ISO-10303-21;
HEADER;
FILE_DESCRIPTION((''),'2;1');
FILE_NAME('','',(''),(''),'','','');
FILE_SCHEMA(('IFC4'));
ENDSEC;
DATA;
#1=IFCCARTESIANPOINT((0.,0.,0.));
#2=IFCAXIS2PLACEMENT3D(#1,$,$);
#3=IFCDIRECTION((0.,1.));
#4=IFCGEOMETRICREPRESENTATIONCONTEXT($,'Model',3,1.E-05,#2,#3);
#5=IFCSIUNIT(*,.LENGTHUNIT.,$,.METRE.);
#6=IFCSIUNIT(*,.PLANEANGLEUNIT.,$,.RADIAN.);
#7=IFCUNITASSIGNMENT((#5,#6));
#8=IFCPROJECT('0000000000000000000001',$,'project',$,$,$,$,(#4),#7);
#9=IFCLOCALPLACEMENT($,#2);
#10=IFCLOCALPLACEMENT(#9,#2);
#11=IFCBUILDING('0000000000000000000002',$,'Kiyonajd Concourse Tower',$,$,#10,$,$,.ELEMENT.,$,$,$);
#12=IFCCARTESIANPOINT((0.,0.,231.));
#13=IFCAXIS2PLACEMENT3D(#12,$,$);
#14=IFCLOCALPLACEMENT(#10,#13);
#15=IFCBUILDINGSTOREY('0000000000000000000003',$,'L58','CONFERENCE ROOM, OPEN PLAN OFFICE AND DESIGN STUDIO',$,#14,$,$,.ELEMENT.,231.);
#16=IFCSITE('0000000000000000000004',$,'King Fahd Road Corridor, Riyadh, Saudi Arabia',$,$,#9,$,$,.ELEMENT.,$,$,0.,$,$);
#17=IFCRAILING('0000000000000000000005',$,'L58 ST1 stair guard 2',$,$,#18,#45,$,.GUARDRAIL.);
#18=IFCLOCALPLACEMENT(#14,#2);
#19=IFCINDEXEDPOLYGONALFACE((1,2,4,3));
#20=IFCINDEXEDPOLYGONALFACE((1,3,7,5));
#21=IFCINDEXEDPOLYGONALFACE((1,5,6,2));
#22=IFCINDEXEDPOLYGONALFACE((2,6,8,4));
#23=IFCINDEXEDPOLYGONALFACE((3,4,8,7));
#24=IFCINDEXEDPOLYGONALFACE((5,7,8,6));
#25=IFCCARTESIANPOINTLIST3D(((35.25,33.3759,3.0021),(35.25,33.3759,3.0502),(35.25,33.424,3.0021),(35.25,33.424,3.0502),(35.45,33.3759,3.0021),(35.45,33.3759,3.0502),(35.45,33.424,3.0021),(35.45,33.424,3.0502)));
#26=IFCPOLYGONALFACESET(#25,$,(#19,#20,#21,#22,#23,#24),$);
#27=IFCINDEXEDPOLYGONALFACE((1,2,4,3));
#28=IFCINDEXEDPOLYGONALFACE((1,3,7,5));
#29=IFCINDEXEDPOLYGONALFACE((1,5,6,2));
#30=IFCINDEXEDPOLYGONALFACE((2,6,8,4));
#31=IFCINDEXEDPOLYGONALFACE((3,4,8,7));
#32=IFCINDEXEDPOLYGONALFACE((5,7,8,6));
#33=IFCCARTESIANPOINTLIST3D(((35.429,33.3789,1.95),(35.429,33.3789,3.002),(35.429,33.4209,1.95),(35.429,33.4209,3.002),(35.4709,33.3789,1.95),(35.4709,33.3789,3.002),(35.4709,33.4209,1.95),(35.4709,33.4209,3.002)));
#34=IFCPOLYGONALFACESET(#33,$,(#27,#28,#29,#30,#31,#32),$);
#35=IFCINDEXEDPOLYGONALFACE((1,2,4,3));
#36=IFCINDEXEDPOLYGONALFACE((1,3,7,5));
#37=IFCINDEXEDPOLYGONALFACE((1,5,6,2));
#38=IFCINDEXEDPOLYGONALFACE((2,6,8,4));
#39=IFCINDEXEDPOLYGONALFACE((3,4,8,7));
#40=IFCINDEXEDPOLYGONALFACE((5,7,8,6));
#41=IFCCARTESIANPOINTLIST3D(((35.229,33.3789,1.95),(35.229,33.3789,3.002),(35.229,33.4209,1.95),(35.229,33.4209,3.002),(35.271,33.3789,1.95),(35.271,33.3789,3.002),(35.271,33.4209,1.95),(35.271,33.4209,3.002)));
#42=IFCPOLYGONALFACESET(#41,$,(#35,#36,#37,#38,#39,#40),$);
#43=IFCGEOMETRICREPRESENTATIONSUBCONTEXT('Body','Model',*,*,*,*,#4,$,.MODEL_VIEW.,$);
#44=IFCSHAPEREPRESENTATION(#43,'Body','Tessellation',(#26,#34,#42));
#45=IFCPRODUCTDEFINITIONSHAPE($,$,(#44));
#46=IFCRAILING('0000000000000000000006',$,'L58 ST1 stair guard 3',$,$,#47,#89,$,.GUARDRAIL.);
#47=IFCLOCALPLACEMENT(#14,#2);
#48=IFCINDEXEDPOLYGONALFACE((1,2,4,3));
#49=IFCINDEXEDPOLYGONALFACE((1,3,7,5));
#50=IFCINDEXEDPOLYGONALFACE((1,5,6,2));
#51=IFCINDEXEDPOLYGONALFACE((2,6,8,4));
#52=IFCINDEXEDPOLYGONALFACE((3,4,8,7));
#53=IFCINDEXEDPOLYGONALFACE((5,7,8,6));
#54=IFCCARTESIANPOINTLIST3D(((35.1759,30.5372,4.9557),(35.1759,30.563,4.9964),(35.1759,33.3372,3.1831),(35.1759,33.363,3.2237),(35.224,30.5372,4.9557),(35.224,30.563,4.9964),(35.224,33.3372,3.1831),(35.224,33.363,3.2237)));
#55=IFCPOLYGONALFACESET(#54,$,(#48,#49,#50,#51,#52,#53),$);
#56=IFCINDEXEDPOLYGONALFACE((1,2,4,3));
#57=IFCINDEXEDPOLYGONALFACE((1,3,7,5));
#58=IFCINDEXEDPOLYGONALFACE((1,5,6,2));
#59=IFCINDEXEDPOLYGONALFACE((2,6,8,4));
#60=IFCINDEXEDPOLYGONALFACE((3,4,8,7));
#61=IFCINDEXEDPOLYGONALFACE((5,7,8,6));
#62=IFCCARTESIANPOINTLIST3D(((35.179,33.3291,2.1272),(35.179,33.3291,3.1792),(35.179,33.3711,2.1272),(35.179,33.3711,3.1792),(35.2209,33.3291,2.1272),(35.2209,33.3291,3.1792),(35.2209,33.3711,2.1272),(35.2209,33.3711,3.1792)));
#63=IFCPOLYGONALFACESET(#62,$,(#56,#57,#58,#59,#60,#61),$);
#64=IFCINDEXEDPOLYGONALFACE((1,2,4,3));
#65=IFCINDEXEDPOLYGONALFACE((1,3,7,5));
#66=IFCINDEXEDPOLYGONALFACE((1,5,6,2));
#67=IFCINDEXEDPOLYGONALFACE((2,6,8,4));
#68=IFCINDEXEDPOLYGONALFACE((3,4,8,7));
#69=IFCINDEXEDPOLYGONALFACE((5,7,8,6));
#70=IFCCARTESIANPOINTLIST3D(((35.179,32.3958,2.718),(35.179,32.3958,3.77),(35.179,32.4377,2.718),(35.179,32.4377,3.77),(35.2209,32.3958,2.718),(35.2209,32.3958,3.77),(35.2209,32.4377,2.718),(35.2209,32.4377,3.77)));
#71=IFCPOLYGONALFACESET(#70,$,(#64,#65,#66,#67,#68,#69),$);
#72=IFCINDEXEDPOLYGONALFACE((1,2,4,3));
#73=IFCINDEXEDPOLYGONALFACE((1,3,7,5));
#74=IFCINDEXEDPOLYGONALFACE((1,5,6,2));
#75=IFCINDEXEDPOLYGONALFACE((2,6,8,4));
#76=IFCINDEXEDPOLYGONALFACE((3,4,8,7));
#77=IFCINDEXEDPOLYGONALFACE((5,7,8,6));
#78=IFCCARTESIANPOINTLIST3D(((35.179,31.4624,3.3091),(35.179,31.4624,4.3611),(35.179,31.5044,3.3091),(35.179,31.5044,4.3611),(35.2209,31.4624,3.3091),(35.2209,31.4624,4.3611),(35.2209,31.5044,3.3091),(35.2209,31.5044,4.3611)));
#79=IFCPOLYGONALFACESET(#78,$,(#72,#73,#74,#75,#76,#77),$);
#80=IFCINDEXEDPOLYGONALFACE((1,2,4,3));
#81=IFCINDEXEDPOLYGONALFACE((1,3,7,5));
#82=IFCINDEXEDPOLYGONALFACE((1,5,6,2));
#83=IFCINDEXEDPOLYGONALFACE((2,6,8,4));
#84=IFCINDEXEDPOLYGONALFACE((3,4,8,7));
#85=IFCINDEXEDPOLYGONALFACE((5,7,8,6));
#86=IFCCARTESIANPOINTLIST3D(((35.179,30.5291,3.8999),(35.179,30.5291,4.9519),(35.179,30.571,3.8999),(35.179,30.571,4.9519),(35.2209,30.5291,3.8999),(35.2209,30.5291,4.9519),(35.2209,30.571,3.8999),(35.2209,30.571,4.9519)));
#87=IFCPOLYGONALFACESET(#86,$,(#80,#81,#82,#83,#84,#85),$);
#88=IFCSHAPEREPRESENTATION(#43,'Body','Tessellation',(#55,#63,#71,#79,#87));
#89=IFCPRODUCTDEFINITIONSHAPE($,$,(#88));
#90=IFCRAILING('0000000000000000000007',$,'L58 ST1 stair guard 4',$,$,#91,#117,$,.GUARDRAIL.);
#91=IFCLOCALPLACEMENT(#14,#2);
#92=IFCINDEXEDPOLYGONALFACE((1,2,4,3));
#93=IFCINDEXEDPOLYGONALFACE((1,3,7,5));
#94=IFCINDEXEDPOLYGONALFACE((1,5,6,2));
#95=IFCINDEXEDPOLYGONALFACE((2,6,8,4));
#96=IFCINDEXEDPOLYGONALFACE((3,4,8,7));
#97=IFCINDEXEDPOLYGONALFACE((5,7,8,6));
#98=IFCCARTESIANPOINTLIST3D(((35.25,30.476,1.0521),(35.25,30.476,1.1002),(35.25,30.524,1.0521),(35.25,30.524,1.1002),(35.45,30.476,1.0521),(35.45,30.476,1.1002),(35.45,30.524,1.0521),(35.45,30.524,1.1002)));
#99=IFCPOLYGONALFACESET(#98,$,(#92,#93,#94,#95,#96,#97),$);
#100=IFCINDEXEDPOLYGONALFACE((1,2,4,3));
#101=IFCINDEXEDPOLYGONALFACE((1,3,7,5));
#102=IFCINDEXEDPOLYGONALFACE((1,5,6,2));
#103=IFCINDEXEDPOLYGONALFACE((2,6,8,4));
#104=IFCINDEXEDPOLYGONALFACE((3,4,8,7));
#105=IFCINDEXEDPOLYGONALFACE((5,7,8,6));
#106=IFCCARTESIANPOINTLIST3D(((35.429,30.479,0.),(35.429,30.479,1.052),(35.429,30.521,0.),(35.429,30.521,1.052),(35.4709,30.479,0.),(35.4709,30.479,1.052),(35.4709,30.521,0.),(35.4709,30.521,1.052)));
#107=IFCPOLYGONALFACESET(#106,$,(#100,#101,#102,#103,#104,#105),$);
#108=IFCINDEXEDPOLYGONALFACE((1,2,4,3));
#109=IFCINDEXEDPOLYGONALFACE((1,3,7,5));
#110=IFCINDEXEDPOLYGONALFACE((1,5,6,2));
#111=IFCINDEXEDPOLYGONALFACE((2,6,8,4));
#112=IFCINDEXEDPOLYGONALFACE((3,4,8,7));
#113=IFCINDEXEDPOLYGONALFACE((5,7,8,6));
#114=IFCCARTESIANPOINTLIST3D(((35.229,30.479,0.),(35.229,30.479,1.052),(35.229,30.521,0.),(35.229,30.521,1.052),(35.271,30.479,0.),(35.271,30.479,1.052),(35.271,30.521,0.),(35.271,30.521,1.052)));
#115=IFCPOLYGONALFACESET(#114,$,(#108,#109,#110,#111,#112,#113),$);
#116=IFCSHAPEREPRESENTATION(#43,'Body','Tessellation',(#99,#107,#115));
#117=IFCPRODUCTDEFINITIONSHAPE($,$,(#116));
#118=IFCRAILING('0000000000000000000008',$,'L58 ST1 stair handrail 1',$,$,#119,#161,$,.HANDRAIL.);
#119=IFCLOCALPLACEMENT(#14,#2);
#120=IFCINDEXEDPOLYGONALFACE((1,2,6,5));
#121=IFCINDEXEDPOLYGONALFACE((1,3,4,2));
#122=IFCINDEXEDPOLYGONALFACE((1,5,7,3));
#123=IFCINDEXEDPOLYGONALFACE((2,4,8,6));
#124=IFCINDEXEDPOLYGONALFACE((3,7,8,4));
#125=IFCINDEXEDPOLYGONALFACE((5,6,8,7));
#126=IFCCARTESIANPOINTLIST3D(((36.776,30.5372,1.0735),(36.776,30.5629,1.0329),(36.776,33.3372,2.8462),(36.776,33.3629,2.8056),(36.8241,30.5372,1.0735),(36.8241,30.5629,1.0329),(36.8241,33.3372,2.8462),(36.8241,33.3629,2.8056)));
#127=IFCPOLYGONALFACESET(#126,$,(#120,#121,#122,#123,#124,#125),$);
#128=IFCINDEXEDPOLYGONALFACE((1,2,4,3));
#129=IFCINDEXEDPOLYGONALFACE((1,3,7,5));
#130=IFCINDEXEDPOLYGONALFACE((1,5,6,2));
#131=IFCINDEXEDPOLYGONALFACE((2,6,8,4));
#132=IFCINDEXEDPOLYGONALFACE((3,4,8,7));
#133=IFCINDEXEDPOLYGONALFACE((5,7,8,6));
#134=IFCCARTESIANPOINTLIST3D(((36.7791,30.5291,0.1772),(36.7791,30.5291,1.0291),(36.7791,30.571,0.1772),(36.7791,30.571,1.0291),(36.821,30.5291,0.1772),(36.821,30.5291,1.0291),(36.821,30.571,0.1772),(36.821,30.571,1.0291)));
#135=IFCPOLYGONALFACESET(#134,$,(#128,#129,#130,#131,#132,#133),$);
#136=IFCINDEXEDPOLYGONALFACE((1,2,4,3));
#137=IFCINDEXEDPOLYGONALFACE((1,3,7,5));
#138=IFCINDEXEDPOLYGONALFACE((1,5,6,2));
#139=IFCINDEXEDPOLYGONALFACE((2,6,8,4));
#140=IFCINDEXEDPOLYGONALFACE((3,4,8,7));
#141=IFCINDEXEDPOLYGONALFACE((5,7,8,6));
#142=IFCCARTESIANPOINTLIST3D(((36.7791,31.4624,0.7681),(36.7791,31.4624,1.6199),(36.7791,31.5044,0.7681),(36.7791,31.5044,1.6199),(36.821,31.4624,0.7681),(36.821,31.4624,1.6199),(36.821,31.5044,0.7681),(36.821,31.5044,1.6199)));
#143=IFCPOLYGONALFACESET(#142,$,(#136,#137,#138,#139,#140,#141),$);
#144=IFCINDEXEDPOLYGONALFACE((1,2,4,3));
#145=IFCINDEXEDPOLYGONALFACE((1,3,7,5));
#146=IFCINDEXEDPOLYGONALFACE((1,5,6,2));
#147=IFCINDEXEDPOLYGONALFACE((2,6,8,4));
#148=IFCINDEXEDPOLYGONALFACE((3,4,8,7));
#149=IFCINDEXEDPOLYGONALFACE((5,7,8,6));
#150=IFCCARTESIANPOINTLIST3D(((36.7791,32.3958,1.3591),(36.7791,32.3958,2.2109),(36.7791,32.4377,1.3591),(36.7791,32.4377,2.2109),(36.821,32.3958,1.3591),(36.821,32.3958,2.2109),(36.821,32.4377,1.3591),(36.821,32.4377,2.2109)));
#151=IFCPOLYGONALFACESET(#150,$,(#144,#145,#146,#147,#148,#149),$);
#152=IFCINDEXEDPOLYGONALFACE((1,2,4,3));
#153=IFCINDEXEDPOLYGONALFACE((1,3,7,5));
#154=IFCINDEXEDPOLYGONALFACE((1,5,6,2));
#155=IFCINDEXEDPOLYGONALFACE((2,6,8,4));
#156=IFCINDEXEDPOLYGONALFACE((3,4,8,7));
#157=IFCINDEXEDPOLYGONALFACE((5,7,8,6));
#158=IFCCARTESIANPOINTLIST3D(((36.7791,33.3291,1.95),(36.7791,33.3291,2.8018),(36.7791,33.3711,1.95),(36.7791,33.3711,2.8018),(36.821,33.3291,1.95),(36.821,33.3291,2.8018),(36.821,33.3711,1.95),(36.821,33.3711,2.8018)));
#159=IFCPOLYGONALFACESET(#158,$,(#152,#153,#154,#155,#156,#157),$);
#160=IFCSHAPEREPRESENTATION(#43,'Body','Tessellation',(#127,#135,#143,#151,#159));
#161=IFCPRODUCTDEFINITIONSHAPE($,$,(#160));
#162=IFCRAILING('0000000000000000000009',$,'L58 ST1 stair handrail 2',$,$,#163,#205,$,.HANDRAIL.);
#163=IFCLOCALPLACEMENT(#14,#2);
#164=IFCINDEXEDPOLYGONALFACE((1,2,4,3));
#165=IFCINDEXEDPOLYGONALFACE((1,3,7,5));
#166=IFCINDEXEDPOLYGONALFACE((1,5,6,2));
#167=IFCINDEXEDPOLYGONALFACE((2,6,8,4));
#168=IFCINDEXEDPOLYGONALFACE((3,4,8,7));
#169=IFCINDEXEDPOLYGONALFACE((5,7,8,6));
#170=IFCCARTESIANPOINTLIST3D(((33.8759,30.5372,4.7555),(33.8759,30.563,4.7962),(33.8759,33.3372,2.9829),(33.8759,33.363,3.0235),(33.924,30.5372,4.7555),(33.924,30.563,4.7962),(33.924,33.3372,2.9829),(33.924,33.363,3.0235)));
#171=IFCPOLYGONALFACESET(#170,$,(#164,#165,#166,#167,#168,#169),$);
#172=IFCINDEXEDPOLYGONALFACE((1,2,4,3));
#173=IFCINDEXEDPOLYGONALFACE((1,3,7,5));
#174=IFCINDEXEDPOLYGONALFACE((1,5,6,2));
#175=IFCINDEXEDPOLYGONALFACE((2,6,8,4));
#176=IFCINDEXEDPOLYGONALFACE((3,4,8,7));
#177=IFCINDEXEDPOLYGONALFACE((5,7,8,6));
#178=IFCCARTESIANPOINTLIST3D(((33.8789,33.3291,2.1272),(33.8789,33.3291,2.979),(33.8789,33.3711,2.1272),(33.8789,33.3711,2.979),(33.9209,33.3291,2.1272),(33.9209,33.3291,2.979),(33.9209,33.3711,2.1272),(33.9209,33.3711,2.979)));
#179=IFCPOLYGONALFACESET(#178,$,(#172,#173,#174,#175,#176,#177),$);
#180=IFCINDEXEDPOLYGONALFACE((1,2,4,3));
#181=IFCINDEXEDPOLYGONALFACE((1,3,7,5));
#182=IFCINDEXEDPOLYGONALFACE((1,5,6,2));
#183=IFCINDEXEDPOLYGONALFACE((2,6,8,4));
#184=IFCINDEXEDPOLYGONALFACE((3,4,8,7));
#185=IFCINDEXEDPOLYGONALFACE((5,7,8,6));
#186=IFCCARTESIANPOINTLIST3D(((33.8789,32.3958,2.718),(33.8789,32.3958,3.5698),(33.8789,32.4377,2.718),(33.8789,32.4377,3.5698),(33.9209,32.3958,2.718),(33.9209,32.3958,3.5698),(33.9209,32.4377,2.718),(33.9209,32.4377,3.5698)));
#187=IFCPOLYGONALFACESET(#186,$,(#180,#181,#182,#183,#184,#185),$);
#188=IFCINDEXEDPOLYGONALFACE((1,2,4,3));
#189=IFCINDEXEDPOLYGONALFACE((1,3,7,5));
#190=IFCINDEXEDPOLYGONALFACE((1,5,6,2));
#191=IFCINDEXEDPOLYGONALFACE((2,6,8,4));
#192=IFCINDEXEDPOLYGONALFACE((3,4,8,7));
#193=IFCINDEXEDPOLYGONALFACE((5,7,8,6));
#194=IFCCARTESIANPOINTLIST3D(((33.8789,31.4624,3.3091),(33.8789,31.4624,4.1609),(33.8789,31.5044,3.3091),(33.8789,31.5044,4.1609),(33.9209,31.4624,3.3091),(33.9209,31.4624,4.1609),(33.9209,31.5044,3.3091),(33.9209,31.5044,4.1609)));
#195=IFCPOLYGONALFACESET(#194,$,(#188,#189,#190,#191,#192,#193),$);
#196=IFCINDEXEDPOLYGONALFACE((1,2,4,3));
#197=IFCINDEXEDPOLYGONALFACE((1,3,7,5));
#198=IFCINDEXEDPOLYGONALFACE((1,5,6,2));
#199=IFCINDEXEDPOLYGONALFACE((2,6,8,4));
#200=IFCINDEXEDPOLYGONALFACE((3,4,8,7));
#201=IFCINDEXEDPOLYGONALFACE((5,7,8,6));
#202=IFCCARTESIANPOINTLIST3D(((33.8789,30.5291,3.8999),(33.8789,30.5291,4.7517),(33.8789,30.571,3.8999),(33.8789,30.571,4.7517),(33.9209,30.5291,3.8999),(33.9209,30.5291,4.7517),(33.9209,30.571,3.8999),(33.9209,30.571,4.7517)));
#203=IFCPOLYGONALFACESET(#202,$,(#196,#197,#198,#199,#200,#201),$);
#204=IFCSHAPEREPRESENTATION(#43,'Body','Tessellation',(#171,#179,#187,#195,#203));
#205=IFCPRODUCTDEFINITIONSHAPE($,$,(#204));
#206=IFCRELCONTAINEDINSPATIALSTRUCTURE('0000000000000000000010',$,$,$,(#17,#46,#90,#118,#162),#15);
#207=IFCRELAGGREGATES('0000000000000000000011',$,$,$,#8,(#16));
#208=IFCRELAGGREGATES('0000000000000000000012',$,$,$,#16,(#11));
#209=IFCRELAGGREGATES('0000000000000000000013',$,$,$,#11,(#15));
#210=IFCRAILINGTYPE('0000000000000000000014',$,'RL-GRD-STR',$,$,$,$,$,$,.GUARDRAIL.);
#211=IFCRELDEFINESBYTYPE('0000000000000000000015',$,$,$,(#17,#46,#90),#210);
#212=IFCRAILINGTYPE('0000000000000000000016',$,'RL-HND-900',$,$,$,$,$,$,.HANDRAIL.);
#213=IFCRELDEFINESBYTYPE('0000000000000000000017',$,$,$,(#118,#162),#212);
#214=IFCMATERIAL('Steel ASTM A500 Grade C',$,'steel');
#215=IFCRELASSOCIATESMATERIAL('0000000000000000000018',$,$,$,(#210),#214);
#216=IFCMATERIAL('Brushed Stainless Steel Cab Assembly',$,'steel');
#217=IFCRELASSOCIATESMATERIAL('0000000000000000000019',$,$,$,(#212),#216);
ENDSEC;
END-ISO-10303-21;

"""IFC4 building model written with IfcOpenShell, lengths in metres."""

from ifc_helpers import new_model, si_unit, direction, frame, origin, origin_2d, place, context, subcontext, project, spatial, rectangle, extrude, material, type_object, element, save


model = new_model("IFC4")

# Units and contexts
model_context = context("Model", 3, precision=1e-05, world=origin(), true_north=direction((0.0, 1.0)))
body_context = subcontext(model_context, "Body", "Model", "MODEL_VIEW")
ifc_project = project(units=[si_unit("LENGTHUNIT", "METRE"), si_unit("PLANEANGLEUNIT", "RADIAN")], contexts=[model_context])

# Site, building, storey
site_placement = place(None, origin())
site = spatial("IfcSite", under=ifc_project, at=site_placement, Name="King Fahd Road Corridor, Riyadh, Saudi Arabia", CompositionType="ELEMENT", RefElevation=0.0)
building_placement = place(site_placement, origin())
building = spatial("IfcBuilding", under=site, at=building_placement, Name="Kiyonajd Concourse Tower", CompositionType="ELEMENT")
storey_placement = place(building_placement, frame((0.0, 0.0, 231.0)))
storey = spatial("IfcBuildingStorey", under=building, at=storey_placement, Name="L58", Description="CONFERENCE ROOM, OPEN PLAN OFFICE AND DESIGN STUDIO", CompositionType="ELEMENT", Elevation=231.0)

# Shared definitions
ifc_material_1 = material(Name="Brushed Stainless Steel Cab Assembly", Category="steel")

# Railings
ifc_material_2 = material(Name="Steel ASTM A500 Grade C", Category="steel")
railing_type_1 = type_object("IfcRailingType", Name="RL-GRD-STR", PredefinedType="GUARDRAIL", material=ifc_material_2)
railing_1_placement = place(storey_placement, frame((35.45, 33.3999, 1.95)))
element("IfcRailing", 1, at=railing_1_placement, inside=storey, type_object=railing_type_1, Name="L58 ST1 stair guard 2", PredefinedType="GUARDRAIL", context=body_context, shape_type="SweptSolid", body=[
    extrude(rectangle(XDim=0.0481, YDim=0.0481, at=origin_2d()), frame((0.0, 0.0, 1.0762), z_axis=(-1.0, 0.0, 0.0), x_axis=(0.0, -1.0, 0.0)), (0.0, 0.0, 1.0), 0.2),
    extrude(rectangle(XDim=0.042, YDim=0.042, at=origin_2d()), origin(), (0.0, 0.0, 1.0), 1.052),
    extrude(rectangle(XDim=0.042, YDim=0.042, at=origin_2d()), frame((-0.2, 0.0, 0.0)), (0.0, 0.0, 1.0), 1.052),
])
railing_2_placement = place(storey_placement, frame((35.2, 33.3501, 2.1272)))
element("IfcRailing", 2, at=railing_2_placement, inside=storey, type_object=railing_type_1, Name="L58 ST1 stair guard 3", PredefinedType="GUARDRAIL", context=body_context, shape_type="SweptSolid", body=[
    extrude(rectangle(XDim=0.0481, YDim=0.0481, at=origin_2d()), frame((0.0, 0.0, 1.0762), z_axis=(0.0, -0.844909, 0.53491), x_axis=(1.0, 0.0, 0.0)), (0.0, 0.0, 1.0), 3.314),
    extrude(rectangle(XDim=0.042, YDim=0.042, at=origin_2d()), origin(), (0.0, 0.0, 1.0), 1.052),
    extrude(rectangle(XDim=0.042, YDim=0.042, at=origin_2d()), frame((0.0, -0.9333, 0.5908)), (0.0, 0.0, 1.0), 1.052),
    extrude(rectangle(XDim=0.042, YDim=0.042, at=origin_2d()), frame((0.0, -1.8667, 1.1819)), (0.0, 0.0, 1.0), 1.052),
    extrude(rectangle(XDim=0.042, YDim=0.042, at=origin_2d()), frame((0.0, -2.8, 1.7727)), (0.0, 0.0, 1.0), 1.052),
])
railing_3_placement = place(storey_placement, frame((35.45, 30.5, 0.0)))
element("IfcRailing", 3, at=railing_3_placement, inside=storey, type_object=railing_type_1, Name="L58 ST1 stair guard 4", PredefinedType="GUARDRAIL", context=body_context, shape_type="SweptSolid", body=[
    extrude(rectangle(XDim=0.0481, YDim=0.0481, at=origin_2d()), frame((0.0, 0.0, 1.0762), z_axis=(-1.0, 0.0, 0.0), x_axis=(0.0, -1.0, 0.0)), (0.0, 0.0, 1.0), 0.2),
    extrude(rectangle(XDim=0.042, YDim=0.042, at=origin_2d()), origin(), (0.0, 0.0, 1.0), 1.052),
    extrude(rectangle(XDim=0.042, YDim=0.042, at=origin_2d()), frame((-0.2, 0.0, 0.0)), (0.0, 0.0, 1.0), 1.052),
])
railing_type_2 = type_object("IfcRailingType", Name="RL-HND-900", PredefinedType="HANDRAIL", material=ifc_material_1)
railing_4_placement = place(storey_placement, frame((36.8, 30.55, 0.1772)))
element("IfcRailing", 4, at=railing_4_placement, inside=storey, type_object=railing_type_2, Name="L58 ST1 stair handrail 1", PredefinedType="HANDRAIL", context=body_context, shape_type="SweptSolid", body=[
    extrude(rectangle(XDim=0.0481, YDim=0.0481, at=origin_2d()), frame((0.0, 0.0, 0.876), z_axis=(0.0, 0.844909, 0.53491), x_axis=(-1.0, 0.0, 0.0)), (0.0, 0.0, 1.0), 3.314),
    extrude(rectangle(XDim=0.042, YDim=0.042, at=origin_2d()), origin(), (0.0, 0.0, 1.0), 0.8518),
    extrude(rectangle(XDim=0.042, YDim=0.042, at=origin_2d()), frame((0.0, 0.9333, 0.5908)), (0.0, 0.0, 1.0), 0.8518),
    extrude(rectangle(XDim=0.042, YDim=0.042, at=origin_2d()), frame((0.0, 1.8667, 1.1819)), (0.0, 0.0, 1.0), 0.8518),
    extrude(rectangle(XDim=0.042, YDim=0.042, at=origin_2d()), frame((0.0, 2.8, 1.7727)), (0.0, 0.0, 1.0), 0.8518),
])
railing_5_placement = place(storey_placement, frame((33.8999, 33.3501, 2.1272)))
element("IfcRailing", 5, at=railing_5_placement, inside=storey, type_object=railing_type_2, Name="L58 ST1 stair handrail 2", PredefinedType="HANDRAIL", context=body_context, shape_type="SweptSolid", body=[
    extrude(rectangle(XDim=0.0481, YDim=0.0481, at=origin_2d()), frame((0.0, 0.0, 0.876), z_axis=(0.0, -0.844909, 0.53491), x_axis=(1.0, 0.0, 0.0)), (0.0, 0.0, 1.0), 3.314),
    extrude(rectangle(XDim=0.042, YDim=0.042, at=origin_2d()), origin(), (0.0, 0.0, 1.0), 0.8518),
    extrude(rectangle(XDim=0.042, YDim=0.042, at=origin_2d()), frame((0.0, -0.9333, 0.5908)), (0.0, 0.0, 1.0), 0.8518),
    extrude(rectangle(XDim=0.042, YDim=0.042, at=origin_2d()), frame((0.0, -1.8667, 1.1819)), (0.0, 0.0, 1.0), 0.8518),
    extrude(rectangle(XDim=0.042, YDim=0.042, at=origin_2d()), frame((0.0, -2.8, 1.7727)), (0.0, 0.0, 1.0), 0.8518),
])

save(model, "model.ifc")
